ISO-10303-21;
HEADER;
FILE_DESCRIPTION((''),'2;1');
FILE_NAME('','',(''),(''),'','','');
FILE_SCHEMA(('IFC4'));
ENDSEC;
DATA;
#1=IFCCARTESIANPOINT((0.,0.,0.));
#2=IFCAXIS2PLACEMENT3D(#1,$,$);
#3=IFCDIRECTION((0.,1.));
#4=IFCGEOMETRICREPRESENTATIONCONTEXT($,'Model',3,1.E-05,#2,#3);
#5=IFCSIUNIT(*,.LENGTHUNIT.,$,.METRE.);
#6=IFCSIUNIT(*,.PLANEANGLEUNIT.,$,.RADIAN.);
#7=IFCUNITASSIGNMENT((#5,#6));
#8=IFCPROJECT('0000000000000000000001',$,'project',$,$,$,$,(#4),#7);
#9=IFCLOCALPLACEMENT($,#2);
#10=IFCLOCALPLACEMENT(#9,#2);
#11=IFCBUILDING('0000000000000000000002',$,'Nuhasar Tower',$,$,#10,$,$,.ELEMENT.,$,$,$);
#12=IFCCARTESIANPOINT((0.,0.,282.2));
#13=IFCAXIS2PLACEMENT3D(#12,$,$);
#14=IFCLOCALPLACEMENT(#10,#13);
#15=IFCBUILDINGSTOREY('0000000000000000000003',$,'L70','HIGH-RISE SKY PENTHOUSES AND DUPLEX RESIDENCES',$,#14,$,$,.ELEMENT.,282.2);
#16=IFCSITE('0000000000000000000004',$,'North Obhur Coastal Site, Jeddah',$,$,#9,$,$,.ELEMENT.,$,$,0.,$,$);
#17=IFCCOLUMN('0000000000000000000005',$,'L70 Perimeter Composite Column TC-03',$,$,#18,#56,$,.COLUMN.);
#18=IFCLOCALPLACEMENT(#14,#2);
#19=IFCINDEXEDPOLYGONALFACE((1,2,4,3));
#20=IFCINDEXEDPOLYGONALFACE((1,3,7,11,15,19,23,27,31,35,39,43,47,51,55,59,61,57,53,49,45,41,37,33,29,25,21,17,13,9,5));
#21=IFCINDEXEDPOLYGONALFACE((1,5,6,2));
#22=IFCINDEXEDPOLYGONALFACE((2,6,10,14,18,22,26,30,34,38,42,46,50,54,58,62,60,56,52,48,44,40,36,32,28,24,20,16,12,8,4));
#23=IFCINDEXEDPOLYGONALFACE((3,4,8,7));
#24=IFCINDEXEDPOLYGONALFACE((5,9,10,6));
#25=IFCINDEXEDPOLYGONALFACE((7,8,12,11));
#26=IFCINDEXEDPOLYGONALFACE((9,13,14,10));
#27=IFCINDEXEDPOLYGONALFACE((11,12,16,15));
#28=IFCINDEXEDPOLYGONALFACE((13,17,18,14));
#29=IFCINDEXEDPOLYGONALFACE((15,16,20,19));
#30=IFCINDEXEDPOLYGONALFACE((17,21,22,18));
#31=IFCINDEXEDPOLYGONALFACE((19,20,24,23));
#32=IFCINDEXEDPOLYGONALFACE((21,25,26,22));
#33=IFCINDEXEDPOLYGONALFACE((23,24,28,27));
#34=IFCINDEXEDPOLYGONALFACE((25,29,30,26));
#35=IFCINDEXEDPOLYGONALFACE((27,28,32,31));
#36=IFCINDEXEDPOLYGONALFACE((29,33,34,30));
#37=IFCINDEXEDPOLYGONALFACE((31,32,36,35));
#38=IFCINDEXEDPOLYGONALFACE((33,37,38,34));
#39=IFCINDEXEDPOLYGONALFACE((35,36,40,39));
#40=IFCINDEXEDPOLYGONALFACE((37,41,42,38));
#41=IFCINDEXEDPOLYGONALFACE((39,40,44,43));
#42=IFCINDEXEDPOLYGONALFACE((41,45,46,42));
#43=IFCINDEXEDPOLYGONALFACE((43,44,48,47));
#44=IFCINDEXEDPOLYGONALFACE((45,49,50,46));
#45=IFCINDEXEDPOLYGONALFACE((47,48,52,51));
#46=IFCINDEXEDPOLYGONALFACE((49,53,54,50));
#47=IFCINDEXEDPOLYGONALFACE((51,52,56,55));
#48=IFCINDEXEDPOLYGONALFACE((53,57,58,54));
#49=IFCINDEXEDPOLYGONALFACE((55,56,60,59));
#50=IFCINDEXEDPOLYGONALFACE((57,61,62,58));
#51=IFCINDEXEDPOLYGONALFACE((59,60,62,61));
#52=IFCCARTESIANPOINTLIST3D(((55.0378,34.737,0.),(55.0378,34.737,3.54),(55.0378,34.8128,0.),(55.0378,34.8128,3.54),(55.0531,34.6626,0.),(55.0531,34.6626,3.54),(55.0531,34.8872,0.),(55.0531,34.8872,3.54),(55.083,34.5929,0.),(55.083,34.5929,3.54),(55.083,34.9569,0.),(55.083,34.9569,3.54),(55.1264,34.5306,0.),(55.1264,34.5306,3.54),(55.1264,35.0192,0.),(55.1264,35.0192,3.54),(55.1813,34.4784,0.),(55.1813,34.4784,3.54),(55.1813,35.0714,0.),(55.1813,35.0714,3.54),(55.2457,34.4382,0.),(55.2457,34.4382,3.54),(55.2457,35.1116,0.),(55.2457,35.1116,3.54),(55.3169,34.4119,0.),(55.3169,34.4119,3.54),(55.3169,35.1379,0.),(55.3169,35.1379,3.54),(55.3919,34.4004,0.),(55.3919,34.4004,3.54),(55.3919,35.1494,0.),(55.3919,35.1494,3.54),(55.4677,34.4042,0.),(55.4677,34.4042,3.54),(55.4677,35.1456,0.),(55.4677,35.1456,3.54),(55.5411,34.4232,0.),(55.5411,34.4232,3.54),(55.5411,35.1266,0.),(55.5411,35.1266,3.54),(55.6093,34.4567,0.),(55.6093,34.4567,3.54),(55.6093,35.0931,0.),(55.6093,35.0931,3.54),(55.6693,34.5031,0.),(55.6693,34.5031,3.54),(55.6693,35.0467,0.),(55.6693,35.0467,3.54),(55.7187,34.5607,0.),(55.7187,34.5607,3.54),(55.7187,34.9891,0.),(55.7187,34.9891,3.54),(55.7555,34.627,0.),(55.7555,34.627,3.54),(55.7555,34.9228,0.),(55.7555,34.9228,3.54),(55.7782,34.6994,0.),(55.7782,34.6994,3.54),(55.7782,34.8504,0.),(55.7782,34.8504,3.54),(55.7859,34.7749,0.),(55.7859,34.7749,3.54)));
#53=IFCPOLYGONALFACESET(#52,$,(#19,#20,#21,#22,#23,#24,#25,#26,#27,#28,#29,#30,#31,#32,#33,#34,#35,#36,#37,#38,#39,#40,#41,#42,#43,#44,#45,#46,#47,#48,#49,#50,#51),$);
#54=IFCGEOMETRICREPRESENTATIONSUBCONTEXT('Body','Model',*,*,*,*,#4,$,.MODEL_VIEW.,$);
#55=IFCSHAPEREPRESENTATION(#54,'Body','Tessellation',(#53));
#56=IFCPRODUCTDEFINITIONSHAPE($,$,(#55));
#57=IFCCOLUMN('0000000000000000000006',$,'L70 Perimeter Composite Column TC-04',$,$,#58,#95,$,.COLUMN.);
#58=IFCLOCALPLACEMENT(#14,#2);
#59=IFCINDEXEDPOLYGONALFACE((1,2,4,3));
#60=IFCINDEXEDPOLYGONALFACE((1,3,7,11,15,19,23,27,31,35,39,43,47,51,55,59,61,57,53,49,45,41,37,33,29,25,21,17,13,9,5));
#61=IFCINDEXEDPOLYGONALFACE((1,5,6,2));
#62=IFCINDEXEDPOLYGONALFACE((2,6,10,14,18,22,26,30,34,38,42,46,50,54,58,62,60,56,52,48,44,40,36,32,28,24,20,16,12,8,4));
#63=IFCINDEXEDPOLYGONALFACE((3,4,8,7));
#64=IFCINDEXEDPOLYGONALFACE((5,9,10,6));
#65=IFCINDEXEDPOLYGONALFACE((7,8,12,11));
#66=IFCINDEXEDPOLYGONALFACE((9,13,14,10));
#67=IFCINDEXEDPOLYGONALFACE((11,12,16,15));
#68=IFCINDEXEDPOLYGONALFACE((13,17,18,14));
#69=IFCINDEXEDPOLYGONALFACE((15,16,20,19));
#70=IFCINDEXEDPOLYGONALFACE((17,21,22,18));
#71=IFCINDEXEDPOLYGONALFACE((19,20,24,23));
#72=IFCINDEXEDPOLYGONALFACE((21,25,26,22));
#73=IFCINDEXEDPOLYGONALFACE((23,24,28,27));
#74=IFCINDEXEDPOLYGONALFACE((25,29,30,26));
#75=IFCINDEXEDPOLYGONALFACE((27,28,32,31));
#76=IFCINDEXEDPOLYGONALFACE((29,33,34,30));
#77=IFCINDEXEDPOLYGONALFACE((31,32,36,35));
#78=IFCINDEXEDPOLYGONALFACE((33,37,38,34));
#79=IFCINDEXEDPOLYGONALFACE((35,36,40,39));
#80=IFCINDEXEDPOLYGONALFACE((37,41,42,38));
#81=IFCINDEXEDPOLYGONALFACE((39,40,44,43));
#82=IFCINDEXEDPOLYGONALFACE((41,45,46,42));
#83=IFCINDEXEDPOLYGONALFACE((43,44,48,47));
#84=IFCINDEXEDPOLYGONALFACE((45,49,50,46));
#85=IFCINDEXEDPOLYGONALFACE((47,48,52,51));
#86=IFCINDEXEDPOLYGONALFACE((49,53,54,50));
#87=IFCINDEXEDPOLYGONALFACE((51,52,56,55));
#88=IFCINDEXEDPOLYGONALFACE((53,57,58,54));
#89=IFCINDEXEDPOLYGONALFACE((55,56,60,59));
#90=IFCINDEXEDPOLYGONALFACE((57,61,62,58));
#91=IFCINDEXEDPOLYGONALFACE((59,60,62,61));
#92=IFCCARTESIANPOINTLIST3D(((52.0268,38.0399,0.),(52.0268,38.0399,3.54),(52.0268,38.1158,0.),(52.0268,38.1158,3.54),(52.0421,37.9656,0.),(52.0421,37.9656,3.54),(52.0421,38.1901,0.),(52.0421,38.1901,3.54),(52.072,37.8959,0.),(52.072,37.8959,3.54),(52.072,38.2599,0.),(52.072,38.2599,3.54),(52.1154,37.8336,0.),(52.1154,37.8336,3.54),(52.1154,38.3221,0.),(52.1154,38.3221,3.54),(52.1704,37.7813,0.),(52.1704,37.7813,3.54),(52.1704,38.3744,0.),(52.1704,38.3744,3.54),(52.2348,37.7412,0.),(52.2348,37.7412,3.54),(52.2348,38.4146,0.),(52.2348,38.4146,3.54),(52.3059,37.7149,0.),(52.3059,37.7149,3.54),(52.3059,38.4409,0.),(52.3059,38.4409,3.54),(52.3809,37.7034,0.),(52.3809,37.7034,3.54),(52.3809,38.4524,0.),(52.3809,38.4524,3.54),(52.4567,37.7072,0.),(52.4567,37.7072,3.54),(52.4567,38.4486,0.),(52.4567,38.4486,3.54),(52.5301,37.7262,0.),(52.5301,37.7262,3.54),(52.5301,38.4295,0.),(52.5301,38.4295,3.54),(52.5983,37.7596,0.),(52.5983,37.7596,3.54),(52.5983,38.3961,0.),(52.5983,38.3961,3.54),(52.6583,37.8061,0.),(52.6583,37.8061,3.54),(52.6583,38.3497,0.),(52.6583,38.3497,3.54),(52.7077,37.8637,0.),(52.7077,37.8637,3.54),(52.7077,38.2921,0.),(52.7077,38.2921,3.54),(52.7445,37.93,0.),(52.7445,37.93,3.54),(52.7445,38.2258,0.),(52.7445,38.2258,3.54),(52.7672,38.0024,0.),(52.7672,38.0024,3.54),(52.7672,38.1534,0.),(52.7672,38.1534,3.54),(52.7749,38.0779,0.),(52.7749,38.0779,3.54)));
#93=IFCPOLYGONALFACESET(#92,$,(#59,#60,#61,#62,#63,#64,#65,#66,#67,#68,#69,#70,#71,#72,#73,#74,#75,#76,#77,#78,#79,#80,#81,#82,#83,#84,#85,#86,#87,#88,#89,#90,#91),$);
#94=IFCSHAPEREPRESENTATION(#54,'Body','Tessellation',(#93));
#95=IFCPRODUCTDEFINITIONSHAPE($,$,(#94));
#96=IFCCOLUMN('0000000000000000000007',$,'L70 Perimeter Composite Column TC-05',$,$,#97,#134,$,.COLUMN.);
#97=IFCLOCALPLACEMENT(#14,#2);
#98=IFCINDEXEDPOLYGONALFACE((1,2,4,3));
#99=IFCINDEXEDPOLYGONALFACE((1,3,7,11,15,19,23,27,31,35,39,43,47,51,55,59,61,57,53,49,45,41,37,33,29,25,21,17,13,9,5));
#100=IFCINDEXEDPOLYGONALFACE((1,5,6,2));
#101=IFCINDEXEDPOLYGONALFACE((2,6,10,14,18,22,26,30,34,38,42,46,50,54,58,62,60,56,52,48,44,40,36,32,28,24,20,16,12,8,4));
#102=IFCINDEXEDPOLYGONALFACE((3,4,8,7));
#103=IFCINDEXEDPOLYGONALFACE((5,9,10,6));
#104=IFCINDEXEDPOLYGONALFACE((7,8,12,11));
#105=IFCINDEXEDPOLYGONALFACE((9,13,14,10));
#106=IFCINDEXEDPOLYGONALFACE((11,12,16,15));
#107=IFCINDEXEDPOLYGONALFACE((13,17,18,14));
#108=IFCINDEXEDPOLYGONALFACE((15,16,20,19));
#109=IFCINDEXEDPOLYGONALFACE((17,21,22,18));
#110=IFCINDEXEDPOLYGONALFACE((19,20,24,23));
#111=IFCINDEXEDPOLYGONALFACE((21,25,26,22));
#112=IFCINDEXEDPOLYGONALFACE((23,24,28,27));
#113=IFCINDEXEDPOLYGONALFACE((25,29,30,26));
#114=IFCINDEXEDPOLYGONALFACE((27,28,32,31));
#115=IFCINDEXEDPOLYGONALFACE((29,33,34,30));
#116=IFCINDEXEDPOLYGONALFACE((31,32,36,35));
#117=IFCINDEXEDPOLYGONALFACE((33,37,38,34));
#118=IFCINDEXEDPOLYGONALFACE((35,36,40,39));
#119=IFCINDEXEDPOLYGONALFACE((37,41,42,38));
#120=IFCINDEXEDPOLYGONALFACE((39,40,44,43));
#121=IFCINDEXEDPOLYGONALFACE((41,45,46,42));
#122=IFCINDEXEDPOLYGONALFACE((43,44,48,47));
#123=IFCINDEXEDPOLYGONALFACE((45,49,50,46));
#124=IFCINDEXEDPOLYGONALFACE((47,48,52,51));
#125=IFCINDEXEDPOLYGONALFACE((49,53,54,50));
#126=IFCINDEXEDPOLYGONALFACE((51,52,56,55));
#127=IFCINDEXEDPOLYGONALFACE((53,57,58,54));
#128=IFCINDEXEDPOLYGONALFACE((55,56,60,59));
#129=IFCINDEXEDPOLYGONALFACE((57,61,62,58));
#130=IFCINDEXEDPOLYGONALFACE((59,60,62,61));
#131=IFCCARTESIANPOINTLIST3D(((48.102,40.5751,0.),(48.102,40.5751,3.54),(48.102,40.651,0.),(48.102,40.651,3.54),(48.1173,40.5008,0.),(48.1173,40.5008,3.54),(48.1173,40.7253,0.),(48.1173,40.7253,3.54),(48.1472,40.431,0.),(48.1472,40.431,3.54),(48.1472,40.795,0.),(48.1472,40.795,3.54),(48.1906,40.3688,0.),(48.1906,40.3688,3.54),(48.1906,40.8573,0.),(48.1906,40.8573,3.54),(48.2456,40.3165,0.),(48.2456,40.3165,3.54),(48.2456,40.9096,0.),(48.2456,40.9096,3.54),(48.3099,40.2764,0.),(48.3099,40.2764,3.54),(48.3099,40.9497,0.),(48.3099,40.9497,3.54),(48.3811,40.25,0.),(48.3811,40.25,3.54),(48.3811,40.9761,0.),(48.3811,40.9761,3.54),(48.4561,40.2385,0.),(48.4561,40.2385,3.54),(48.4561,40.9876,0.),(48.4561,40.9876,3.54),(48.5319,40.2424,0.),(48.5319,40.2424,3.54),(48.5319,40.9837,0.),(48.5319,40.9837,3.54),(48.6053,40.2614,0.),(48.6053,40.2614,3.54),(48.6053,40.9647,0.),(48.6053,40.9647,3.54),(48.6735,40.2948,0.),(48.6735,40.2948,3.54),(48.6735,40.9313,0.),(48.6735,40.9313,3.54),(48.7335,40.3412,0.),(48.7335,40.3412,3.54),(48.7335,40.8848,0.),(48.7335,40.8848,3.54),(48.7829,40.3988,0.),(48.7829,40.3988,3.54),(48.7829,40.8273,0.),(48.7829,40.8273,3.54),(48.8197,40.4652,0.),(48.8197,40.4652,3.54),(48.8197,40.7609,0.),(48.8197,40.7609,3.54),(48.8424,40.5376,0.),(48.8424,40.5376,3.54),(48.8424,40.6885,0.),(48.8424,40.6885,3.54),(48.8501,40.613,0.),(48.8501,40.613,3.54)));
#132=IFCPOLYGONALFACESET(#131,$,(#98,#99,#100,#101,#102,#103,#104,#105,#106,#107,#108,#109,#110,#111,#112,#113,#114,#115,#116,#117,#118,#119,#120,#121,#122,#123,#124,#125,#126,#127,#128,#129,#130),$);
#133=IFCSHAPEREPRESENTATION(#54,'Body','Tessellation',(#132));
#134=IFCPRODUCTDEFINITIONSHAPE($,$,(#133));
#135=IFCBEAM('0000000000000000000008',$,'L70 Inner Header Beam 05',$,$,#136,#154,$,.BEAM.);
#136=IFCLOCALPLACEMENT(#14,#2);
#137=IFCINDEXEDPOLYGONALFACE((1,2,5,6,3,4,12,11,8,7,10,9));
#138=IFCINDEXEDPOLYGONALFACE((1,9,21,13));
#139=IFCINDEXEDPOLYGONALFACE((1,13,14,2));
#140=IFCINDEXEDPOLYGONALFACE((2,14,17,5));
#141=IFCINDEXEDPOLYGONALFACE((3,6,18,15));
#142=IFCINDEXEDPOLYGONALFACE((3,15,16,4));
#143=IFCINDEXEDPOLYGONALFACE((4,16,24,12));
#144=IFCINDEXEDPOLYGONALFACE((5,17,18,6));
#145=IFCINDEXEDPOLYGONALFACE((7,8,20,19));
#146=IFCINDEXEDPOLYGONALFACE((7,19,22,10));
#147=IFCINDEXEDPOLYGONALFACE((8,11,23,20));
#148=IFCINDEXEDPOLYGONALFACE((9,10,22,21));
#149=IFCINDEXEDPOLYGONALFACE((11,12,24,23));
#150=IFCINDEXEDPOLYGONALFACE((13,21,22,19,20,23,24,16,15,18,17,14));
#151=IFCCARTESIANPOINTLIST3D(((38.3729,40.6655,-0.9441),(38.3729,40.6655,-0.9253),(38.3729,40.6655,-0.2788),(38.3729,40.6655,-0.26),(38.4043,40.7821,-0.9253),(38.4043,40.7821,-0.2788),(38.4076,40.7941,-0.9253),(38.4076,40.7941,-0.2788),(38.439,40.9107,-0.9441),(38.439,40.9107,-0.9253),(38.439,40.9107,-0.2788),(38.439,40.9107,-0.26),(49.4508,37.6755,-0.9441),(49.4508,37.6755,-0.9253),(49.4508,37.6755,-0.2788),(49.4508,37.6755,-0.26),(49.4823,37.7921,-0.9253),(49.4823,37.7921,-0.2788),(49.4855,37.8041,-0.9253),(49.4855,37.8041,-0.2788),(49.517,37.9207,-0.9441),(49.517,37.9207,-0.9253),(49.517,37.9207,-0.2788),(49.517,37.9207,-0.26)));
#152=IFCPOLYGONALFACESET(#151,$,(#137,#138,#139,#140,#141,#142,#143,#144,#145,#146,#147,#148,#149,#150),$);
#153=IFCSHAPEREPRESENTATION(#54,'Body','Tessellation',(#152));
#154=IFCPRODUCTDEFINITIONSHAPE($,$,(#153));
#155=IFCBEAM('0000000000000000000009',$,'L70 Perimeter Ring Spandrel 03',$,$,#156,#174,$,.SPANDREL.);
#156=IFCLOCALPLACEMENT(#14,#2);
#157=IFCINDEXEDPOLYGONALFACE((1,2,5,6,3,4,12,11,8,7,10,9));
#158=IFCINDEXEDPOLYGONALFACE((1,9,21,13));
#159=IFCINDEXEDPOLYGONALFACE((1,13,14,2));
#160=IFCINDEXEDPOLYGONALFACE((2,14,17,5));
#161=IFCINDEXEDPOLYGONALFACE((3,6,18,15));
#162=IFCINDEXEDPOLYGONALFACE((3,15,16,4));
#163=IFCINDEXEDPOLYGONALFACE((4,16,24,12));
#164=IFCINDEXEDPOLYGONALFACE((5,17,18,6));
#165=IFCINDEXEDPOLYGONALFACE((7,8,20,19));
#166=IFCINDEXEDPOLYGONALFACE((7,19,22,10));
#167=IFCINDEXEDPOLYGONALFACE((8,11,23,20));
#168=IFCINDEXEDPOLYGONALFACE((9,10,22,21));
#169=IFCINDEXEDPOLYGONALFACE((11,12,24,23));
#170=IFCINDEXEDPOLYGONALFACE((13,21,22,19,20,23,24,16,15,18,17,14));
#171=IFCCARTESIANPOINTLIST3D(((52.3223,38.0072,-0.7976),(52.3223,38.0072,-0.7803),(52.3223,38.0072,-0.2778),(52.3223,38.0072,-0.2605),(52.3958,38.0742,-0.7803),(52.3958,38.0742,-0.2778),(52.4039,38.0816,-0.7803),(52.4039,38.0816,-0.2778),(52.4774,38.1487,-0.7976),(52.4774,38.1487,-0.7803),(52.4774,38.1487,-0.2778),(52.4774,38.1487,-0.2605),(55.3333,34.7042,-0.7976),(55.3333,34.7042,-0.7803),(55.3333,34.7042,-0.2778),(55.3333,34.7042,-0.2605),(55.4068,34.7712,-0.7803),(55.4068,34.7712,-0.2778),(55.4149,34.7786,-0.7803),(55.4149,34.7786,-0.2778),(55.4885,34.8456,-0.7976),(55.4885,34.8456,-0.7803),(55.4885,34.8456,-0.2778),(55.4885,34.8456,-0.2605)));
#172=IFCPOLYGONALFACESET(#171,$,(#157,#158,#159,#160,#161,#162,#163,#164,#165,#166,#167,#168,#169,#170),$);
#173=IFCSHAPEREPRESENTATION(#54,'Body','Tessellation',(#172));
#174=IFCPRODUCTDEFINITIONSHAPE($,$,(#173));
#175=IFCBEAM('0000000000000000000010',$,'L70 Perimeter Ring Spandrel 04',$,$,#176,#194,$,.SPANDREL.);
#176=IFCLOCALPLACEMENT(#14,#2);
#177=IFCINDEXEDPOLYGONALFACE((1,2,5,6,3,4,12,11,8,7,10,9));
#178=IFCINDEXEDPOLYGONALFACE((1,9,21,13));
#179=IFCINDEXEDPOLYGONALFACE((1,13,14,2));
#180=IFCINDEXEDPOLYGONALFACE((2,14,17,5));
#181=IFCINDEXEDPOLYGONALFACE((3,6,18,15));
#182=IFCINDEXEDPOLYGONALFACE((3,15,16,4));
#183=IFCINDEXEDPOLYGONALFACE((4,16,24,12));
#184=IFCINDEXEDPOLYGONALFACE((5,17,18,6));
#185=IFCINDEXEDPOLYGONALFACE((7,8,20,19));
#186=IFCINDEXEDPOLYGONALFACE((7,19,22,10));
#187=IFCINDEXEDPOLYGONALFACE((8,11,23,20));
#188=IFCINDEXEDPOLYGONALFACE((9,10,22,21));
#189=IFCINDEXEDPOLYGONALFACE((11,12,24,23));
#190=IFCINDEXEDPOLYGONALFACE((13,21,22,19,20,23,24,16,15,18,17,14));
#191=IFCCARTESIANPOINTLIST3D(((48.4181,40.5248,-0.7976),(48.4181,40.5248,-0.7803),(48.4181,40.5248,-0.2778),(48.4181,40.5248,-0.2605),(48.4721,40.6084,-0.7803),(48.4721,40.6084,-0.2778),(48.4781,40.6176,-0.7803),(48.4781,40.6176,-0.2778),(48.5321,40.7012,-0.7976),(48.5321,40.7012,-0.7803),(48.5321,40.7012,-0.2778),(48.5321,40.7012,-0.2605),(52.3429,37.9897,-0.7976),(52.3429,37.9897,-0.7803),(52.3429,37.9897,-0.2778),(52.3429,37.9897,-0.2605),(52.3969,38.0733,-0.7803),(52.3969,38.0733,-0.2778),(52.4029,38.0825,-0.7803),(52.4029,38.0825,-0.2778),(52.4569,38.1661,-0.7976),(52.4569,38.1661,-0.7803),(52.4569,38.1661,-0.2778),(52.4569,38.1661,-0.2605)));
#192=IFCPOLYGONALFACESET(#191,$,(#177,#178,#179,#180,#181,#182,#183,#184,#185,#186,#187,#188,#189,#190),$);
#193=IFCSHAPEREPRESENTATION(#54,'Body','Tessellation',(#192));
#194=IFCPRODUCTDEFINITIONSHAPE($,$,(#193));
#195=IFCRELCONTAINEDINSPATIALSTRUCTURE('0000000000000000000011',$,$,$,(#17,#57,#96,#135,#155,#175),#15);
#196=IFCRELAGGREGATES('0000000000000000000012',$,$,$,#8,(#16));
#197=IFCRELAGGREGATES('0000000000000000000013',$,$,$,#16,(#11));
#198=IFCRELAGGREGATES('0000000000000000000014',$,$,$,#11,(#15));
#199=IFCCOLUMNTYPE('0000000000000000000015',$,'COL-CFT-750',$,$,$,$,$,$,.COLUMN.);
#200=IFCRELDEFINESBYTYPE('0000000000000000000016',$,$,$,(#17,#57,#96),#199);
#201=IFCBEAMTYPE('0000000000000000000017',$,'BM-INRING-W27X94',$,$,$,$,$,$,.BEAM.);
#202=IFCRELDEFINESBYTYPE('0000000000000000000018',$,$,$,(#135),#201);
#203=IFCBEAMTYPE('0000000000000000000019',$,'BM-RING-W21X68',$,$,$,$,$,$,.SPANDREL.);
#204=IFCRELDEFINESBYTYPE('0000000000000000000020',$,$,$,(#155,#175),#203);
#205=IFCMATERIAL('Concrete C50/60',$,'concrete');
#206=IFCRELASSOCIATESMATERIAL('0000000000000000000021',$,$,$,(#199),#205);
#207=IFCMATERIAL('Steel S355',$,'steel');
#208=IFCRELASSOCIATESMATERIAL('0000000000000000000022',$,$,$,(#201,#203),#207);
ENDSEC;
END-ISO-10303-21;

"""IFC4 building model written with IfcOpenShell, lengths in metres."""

from ifc_helpers import new_model, si_unit, direction, frame, origin, origin_2d, place, context, subcontext, project, spatial, circle, i_section, extrude, material, material_profile, profile_set, type_object, element, save


model = new_model("IFC4")

# Units and contexts
model_context = context("Model", 3, precision=1e-05, world=origin(), true_north=direction((0.0, 1.0)))
body_context = subcontext(model_context, "Body", "Model", "MODEL_VIEW")
ifc_project = project(units=[si_unit("LENGTHUNIT", "METRE"), si_unit("PLANEANGLEUNIT", "RADIAN")], contexts=[model_context])

# Site, building, storey
site_placement = place(None, origin())
site = spatial("IfcSite", under=ifc_project, at=site_placement, Name="North Obhur Coastal Site, Jeddah", CompositionType="ELEMENT", RefElevation=0.0)
building_placement = place(site_placement, origin())
building = spatial("IfcBuilding", under=site, at=building_placement, Name="Nuhasar Tower", CompositionType="ELEMENT")
storey_placement = place(building_placement, frame((0.0, 0.0, 282.2)))
storey = spatial("IfcBuildingStorey", under=building, at=storey_placement, Name="L70", Description="HIGH-RISE SKY PENTHOUSES AND DUPLEX RESIDENCES", CompositionType="ELEMENT", Elevation=282.2)

# Columns
ifc_material_1 = material(Name="Concrete C50/60", Category="concrete")
ifc_material_profile_1 = material_profile(ifc_material_1, circle(Radius=0.375, at=origin_2d()), Name="CFT750")
ifc_profile_set_1 = profile_set([ifc_material_profile_1], Name="Concrete C50/60")
column_type = type_object("IfcColumnType", Name="COL-CFT-750", PredefinedType="COLUMN", material=ifc_profile_set_1)
for number, where, z_axis, x_axis, name in (
    (1, (55.4109, 34.7749, 0.0), (0.0, 0.0, 1.0), (1.0, 0.0, 0.0), "L70 Perimeter Composite Column TC-03"),
    (2, (52.3999, 38.0779, 0.0), (0.0, 0.0, 1.0), (1.0, 0.0, 0.0), "L70 Perimeter Composite Column TC-04"),
    (3, (48.4751, 40.613, 0.0), (0.0, 0.0, 1.0), (1.0, 0.0, 0.0), "L70 Perimeter Composite Column TC-05"),
):
    element("IfcColumn", number, at=place(storey_placement, frame(where, z_axis=z_axis, x_axis=x_axis)), inside=storey, type_object=column_type, Name=name, PredefinedType="COLUMN", context=body_context, shape_type="SweptSolid", body=[
        extrude(circle(Radius=0.375, at=origin_2d()), origin(), (0.0, 0.0, 1.0), 3.54),
    ])

# Beams
ifc_material_2 = material(Name="Steel S355", Category="steel")
ifc_material_profile_2 = material_profile(ifc_material_2, i_section(OverallWidth=0.2539, OverallDepth=0.6841, WebThickness=0.0125, FlangeThickness=0.0188, at=origin_2d()), Name="W27X94")
ifc_profile_set_2 = profile_set([ifc_material_profile_2], Name="Steel S355")
beam_type_1 = type_object("IfcBeamType", Name="BM-INRING-W27X94", PredefinedType="BEAM", material=ifc_profile_set_2)
beam_1_placement = place(storey_placement, frame((49.4839, 37.7981, -0.6021), z_axis=(-0.965452, 0.260582, 0.0), x_axis=(-0.260582, -0.965452, 0.0)))
element("IfcBeam", 4, at=beam_1_placement, inside=storey, type_object=beam_type_1, Name="L70 Inner Header Beam 05", PredefinedType="BEAM", context=body_context, shape_type="SweptSolid", body=[
    extrude(i_section(OverallWidth=0.2539, OverallDepth=0.6841, WebThickness=0.0125, FlangeThickness=0.0188, at=origin_2d()), origin(), (0.0, 0.0, 1.0), 11.4744),
])
ifc_material_profile_3 = material_profile(ifc_material_2, i_section(OverallWidth=0.21, OverallDepth=0.5371, WebThickness=0.011, FlangeThickness=0.0173, at=origin_2d()), Name="W21X68")
ifc_profile_set_3 = profile_set([ifc_material_profile_3], Name="Steel S355")
beam_type_2 = type_object("IfcBeamType", Name="BM-RING-W21X68", PredefinedType="SPANDREL", material=ifc_profile_set_3)
beam_2_placement = place(storey_placement, frame((55.4109, 34.7749, -0.5291), z_axis=(-0.673686, 0.739017, 0.0), x_axis=(-0.739017, -0.673686, 0.0)))
element("IfcBeam", 5, at=beam_2_placement, inside=storey, type_object=beam_type_2, Name="L70 Perimeter Ring Spandrel 03", PredefinedType="SPANDREL", context=body_context, shape_type="SweptSolid", body=[
    extrude(i_section(OverallWidth=0.21, OverallDepth=0.5371, WebThickness=0.011, FlangeThickness=0.0173, at=origin_2d()), origin(), (0.0, 0.0, 1.0), 4.4695),
])
beam_3_placement = place(storey_placement, frame((52.3999, 38.0779, -0.5291), z_axis=(-0.840002, 0.542584, 0.0), x_axis=(-0.542584, -0.840002, 0.0)))
element("IfcBeam", 6, at=beam_3_placement, inside=storey, type_object=beam_type_2, Name="L70 Perimeter Ring Spandrel 04", PredefinedType="SPANDREL", context=body_context, shape_type="SweptSolid", body=[
    extrude(i_section(OverallWidth=0.21, OverallDepth=0.5371, WebThickness=0.011, FlangeThickness=0.0173, at=origin_2d()), origin(), (0.0, 0.0, 1.0), 4.6724),
])

save(model, "model.ifc")
